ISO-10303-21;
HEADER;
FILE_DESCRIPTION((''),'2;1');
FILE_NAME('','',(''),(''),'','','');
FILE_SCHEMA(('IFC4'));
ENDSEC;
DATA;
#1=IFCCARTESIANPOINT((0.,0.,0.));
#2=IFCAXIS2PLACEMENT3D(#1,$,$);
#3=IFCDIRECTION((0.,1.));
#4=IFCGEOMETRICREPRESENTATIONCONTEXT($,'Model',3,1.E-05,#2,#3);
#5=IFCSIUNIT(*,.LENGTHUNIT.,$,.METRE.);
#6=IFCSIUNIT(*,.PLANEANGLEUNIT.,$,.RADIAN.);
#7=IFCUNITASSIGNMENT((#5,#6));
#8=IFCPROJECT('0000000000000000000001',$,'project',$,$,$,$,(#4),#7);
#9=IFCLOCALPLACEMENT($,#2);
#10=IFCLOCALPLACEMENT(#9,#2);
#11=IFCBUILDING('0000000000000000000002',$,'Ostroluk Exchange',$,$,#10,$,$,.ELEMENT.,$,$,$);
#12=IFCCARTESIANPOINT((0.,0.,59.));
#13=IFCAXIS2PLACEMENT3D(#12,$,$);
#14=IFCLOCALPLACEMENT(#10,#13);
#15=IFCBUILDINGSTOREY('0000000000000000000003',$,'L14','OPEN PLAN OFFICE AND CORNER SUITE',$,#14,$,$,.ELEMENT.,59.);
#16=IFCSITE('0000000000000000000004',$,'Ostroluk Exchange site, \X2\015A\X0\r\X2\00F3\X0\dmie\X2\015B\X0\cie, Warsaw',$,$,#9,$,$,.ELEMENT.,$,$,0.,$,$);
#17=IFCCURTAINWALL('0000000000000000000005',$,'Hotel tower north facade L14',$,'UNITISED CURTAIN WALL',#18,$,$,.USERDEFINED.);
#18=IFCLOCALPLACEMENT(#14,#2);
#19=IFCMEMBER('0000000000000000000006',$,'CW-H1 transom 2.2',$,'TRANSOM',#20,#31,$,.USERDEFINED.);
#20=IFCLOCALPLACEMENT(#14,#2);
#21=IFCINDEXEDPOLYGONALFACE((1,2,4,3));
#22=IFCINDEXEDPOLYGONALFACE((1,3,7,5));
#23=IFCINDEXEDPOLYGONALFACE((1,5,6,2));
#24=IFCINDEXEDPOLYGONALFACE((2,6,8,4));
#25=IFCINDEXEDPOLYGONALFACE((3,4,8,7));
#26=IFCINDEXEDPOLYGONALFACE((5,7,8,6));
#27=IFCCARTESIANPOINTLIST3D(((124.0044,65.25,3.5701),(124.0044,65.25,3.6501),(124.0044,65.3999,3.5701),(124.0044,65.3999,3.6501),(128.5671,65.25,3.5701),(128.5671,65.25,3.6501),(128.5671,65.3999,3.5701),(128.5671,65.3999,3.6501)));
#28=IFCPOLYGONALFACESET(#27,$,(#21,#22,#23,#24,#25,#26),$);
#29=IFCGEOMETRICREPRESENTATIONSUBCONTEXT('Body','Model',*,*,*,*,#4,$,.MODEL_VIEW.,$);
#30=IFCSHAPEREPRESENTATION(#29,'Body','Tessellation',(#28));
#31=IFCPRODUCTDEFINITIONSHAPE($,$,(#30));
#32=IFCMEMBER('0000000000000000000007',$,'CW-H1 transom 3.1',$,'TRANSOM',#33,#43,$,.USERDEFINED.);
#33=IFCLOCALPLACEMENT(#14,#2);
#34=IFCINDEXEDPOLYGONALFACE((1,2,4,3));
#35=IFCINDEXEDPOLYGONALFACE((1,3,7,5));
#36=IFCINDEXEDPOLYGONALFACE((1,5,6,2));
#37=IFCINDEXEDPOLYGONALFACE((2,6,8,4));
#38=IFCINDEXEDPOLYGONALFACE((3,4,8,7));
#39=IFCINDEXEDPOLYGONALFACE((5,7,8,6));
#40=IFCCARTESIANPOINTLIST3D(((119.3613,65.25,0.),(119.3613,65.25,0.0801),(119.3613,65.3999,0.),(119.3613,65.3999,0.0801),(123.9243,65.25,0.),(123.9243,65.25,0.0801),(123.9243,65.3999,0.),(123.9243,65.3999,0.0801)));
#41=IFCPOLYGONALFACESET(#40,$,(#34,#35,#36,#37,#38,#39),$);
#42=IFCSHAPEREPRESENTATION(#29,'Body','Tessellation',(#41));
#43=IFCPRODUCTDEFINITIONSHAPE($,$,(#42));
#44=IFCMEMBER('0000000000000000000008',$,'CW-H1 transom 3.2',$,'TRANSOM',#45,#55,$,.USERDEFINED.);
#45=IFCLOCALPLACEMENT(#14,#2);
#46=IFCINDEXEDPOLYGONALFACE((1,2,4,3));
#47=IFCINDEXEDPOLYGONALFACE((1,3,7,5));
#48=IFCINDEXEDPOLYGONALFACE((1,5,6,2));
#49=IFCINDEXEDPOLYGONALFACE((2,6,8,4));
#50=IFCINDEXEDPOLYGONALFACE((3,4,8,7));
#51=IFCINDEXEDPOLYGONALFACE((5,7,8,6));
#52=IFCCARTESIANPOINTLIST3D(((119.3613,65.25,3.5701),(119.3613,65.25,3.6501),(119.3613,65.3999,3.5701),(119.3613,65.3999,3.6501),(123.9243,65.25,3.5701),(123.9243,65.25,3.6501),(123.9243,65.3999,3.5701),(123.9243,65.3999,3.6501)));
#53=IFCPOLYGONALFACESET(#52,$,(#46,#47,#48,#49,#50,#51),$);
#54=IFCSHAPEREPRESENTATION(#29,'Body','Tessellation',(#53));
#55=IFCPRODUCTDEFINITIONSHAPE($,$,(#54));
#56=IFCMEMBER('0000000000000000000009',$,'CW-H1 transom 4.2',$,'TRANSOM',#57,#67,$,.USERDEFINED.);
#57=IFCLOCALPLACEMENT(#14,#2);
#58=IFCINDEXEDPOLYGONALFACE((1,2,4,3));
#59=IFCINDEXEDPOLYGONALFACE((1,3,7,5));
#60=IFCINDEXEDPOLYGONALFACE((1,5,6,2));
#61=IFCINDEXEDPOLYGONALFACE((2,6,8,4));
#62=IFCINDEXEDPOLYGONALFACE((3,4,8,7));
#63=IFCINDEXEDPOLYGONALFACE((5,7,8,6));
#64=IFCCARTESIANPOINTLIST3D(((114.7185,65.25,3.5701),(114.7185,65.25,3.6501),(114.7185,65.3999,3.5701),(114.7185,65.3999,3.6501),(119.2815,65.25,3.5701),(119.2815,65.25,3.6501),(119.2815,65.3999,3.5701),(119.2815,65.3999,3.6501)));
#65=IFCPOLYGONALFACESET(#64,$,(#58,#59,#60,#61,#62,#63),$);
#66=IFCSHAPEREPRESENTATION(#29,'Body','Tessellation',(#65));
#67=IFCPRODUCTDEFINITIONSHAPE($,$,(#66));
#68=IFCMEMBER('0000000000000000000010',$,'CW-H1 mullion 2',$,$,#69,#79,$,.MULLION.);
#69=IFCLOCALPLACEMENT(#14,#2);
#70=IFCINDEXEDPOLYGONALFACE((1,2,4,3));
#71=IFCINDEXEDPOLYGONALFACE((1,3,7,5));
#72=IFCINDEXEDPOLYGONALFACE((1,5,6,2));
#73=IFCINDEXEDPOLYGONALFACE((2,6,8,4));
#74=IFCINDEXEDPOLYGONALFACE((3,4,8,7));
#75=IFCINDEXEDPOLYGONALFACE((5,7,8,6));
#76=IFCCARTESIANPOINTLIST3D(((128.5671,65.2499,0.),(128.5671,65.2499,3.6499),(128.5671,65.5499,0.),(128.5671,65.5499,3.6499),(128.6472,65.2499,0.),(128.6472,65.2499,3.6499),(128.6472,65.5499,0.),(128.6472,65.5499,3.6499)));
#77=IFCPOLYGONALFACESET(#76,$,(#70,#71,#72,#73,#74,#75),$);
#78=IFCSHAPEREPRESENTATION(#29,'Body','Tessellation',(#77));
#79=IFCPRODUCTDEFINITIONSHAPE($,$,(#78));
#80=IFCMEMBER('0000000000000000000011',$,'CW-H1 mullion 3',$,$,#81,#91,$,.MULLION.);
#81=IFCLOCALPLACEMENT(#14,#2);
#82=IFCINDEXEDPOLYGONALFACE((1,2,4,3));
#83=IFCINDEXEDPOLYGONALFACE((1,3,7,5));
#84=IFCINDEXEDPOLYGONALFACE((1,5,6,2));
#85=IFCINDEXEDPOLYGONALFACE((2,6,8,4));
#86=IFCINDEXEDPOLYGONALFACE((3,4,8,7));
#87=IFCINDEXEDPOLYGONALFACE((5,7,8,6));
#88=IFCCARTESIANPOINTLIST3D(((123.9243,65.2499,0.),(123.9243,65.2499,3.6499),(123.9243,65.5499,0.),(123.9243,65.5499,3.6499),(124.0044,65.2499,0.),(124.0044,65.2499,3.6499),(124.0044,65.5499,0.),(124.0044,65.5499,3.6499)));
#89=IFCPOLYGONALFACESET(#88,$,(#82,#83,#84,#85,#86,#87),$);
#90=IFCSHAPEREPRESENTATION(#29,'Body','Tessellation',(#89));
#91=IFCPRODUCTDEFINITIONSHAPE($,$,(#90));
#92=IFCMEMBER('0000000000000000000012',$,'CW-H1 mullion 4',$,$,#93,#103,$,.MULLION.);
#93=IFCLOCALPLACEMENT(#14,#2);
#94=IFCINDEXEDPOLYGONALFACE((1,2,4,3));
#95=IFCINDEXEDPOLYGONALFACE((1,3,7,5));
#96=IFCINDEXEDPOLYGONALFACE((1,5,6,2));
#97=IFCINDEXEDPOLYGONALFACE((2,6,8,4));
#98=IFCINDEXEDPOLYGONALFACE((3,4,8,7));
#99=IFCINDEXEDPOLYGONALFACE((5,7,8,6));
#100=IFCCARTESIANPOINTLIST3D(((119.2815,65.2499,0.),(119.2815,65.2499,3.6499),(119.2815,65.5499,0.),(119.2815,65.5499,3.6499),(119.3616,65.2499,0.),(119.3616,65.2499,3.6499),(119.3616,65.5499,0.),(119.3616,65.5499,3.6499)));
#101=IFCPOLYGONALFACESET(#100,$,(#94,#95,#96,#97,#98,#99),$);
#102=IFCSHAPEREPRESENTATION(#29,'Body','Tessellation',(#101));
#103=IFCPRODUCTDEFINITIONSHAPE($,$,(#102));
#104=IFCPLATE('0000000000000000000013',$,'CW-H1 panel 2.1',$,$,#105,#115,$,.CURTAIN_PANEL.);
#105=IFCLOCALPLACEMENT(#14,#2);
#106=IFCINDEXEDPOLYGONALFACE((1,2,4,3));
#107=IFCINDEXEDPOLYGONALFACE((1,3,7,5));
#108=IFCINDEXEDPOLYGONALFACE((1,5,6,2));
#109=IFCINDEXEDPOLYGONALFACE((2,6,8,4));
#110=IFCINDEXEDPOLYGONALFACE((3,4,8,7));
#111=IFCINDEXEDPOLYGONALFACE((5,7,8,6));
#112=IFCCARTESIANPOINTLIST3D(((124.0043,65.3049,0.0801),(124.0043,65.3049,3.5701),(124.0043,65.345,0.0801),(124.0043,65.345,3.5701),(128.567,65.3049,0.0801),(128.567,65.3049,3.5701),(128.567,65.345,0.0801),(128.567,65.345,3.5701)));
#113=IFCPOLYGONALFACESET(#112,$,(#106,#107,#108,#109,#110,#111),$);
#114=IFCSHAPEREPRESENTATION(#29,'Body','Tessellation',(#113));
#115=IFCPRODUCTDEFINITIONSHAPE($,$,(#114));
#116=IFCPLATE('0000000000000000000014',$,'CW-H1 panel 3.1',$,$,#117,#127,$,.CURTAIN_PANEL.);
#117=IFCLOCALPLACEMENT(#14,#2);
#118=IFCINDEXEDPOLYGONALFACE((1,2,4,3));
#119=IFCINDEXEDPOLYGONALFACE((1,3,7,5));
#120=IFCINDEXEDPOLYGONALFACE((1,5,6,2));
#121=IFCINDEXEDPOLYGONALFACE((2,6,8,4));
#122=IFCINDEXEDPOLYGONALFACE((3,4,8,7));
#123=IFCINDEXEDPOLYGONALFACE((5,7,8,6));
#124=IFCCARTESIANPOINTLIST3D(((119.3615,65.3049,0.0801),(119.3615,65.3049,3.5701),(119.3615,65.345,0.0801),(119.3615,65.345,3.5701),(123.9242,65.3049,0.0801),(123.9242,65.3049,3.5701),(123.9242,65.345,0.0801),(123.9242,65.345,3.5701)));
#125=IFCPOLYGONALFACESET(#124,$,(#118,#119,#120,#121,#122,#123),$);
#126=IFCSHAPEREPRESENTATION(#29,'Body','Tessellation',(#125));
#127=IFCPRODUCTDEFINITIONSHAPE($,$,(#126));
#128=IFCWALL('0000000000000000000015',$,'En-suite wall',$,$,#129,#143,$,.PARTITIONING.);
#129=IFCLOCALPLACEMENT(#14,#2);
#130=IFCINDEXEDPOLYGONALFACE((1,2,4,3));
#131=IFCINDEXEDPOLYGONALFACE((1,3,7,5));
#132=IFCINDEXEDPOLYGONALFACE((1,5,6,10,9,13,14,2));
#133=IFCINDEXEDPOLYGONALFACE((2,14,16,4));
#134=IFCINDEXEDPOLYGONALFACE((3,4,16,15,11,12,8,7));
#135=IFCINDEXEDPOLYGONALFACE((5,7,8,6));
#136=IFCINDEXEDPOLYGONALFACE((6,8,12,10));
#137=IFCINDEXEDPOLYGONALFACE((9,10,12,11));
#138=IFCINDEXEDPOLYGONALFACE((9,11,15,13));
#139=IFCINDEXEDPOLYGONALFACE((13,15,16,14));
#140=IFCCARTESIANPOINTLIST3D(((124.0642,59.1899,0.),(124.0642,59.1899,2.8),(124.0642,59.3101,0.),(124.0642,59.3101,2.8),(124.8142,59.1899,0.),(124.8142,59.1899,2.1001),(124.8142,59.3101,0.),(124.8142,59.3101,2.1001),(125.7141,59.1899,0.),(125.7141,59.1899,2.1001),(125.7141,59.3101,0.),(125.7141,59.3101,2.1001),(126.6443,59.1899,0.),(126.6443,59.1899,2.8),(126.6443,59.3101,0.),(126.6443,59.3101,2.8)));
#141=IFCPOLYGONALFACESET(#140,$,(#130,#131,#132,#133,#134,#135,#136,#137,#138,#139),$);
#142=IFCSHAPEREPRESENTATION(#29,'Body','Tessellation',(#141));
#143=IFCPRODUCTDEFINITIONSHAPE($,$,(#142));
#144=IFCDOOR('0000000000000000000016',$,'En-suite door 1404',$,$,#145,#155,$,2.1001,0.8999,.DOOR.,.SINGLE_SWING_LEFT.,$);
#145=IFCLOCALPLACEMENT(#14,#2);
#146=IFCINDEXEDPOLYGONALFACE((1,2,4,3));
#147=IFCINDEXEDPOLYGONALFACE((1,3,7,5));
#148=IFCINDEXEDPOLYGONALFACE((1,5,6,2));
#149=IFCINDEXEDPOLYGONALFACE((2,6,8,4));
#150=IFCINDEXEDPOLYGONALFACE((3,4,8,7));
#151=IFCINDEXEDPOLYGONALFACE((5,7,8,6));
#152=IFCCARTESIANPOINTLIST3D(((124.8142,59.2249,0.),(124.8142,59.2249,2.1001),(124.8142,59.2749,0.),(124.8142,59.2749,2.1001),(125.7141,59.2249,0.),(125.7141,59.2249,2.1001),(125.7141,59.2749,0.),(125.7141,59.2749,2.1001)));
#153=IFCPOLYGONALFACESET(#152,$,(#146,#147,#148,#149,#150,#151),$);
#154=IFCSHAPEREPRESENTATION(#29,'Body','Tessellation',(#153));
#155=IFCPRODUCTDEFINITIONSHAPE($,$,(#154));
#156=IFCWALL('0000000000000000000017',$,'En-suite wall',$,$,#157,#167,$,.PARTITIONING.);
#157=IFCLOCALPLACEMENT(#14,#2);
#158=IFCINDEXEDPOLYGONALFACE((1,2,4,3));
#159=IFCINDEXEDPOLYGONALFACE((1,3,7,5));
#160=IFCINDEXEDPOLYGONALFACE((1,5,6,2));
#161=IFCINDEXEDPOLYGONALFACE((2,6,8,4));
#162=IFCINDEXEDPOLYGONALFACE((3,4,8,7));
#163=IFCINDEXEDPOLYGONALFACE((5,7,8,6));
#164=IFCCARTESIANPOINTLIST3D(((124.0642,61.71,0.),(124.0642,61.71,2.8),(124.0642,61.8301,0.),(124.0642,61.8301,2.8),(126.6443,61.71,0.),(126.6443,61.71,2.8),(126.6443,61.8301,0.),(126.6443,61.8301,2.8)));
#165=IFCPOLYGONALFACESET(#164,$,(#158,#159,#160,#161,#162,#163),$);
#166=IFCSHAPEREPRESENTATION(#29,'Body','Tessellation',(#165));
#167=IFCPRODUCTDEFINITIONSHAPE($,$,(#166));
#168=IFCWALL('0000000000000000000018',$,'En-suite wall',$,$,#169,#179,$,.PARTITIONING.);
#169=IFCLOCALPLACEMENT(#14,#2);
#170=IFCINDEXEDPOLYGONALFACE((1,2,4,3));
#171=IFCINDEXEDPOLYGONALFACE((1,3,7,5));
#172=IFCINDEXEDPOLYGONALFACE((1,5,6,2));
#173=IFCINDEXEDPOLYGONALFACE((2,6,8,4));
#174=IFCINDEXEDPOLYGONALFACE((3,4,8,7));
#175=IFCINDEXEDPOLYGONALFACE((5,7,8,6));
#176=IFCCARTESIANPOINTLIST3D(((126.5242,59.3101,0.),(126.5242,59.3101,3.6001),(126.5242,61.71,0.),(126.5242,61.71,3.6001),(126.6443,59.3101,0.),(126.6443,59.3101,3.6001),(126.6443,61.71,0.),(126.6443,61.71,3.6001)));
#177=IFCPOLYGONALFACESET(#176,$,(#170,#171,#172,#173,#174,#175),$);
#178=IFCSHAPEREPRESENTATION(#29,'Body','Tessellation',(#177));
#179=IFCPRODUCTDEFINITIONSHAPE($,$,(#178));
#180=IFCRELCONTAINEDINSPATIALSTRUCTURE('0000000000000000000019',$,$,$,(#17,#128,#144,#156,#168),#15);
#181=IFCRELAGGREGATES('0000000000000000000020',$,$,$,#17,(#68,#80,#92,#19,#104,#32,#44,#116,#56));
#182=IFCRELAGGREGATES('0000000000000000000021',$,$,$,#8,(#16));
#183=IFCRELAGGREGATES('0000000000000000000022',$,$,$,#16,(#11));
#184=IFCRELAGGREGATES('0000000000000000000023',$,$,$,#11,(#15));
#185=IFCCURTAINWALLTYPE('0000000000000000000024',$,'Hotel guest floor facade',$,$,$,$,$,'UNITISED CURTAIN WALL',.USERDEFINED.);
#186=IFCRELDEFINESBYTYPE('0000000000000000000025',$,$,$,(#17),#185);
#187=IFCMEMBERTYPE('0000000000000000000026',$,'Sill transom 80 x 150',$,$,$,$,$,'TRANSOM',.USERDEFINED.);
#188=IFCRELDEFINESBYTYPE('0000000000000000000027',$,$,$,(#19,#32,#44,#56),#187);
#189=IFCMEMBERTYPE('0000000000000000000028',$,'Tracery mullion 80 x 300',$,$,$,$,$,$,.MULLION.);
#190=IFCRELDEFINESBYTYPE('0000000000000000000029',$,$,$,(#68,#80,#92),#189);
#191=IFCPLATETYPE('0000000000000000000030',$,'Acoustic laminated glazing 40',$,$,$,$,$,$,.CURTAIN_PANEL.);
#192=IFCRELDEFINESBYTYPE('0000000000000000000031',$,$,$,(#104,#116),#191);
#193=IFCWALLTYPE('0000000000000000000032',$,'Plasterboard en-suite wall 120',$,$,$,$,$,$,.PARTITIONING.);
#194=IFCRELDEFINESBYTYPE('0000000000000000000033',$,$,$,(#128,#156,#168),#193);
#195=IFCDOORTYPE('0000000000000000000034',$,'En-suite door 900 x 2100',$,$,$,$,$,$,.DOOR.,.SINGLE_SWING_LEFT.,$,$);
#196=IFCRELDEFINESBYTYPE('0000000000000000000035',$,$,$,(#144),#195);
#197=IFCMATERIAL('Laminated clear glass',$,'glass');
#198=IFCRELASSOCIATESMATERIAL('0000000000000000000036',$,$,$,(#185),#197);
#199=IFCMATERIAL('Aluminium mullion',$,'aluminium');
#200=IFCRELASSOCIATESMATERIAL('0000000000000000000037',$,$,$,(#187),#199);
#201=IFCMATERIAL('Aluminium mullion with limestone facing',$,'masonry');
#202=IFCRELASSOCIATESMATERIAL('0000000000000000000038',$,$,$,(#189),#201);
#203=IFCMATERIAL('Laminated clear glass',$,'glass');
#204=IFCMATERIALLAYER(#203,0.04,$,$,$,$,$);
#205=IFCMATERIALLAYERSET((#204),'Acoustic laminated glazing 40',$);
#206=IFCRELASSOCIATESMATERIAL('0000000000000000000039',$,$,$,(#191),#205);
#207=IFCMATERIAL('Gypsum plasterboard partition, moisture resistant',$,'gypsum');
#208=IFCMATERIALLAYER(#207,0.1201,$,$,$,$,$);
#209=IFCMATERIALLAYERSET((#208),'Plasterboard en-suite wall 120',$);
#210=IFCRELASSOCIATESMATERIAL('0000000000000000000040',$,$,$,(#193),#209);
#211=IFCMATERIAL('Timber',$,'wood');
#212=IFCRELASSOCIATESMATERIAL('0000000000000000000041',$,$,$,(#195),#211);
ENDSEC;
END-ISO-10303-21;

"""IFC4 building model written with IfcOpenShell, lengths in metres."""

from ifc_helpers import new_model, si_unit, direction, frame, frame_2d, origin, origin_2d, place, context, subcontext, project, spatial, rectangle, extrude, material, layer, layer_set, material_profile, profile_set, type_object, element, fill, aggregate, save


model = new_model("IFC4")

# Units and contexts
model_context = context("Model", 3, precision=1e-05, world=origin(), true_north=direction((0.0, 1.0)))
body_context = subcontext(model_context, "Body", "Model", "MODEL_VIEW")
ifc_project = project(units=[si_unit("LENGTHUNIT", "METRE"), si_unit("PLANEANGLEUNIT", "RADIAN")], contexts=[model_context])

# Site, building, storey
site_placement = place(None, origin())
site = spatial("IfcSite", under=ifc_project, at=site_placement, Name="Ostroluk Exchange site, Śródmieście, Warsaw", CompositionType="ELEMENT", RefElevation=0.0)
building_placement = place(site_placement, origin())
building = spatial("IfcBuilding", under=site, at=building_placement, Name="Ostroluk Exchange", CompositionType="ELEMENT")
storey_placement = place(building_placement, frame((0.0, 0.0, 59.0)))
storey = spatial("IfcBuildingStorey", under=building, at=storey_placement, Name="L14", Description="OPEN PLAN OFFICE AND CORNER SUITE", CompositionType="ELEMENT", Elevation=59.0)

# Curtain wall, members, plates
ifc_material_1 = material(Name="Laminated clear glass", Category="glass")
curtain_wall_type = type_object("IfcCurtainWallType", Name="Hotel guest floor facade", ElementType="UNITISED CURTAIN WALL", PredefinedType="USERDEFINED", material=ifc_material_1)
curtain_wall_placement = place(storey_placement, origin())
curtain_wall = element("IfcCurtainWall", 1, at=curtain_wall_placement, inside=storey, type_object=curtain_wall_type, Name="Hotel tower north facade L14", ObjectType="UNITISED CURTAIN WALL", PredefinedType="USERDEFINED")
ifc_material_2 = material(Name="Aluminium mullion", Category="aluminium")
ifc_material_profile_1 = material_profile(ifc_material_2, rectangle(XDim=0.1499, YDim=0.0801, at=origin_2d()), Name="Sill transom 80 x 150")
ifc_profile_set_1 = profile_set([ifc_material_profile_1], Name="Aluminium mullion")
member_type_1 = type_object("IfcMemberType", Name="Sill transom 80 x 150", ElementType="TRANSOM", PredefinedType="USERDEFINED", material=ifc_profile_set_1)
member_1_placement = place(storey_placement, frame((128.5671, 65.325, 3.6101), z_axis=(-1.0, 0.0, 0.0), x_axis=(0.0, -1.0, 0.0)))
member_1 = element("IfcMember", 2, at=member_1_placement, type_object=member_type_1, Name="CW-H1 transom 2.2", ObjectType="TRANSOM", PredefinedType="USERDEFINED", context=body_context, shape_type="SweptSolid", body=[
    extrude(rectangle(XDim=0.1499, YDim=0.0801, at=origin_2d()), origin(), (0.0, 0.0, 1.0), 4.5627),
])
member_2_placement = place(storey_placement, frame((123.9243, 65.325, 0.04), z_axis=(-1.0, 0.0, 0.0), x_axis=(0.0, -1.0, 0.0)))
member_2 = element("IfcMember", 3, at=member_2_placement, type_object=member_type_1, Name="CW-H1 transom 3.1", ObjectType="TRANSOM", PredefinedType="USERDEFINED", context=body_context, shape_type="SweptSolid", body=[
    extrude(rectangle(XDim=0.1499, YDim=0.0801, at=origin_2d()), origin(), (0.0, 0.0, 1.0), 4.563),
])
member_3_placement = place(storey_placement, frame((123.9243, 65.325, 3.6101), z_axis=(-1.0, 0.0, 0.0), x_axis=(0.0, -1.0, 0.0)))
member_3 = element("IfcMember", 4, at=member_3_placement, type_object=member_type_1, Name="CW-H1 transom 3.2", ObjectType="TRANSOM", PredefinedType="USERDEFINED", context=body_context, shape_type="SweptSolid", body=[
    extrude(rectangle(XDim=0.1499, YDim=0.0801, at=origin_2d()), origin(), (0.0, 0.0, 1.0), 4.563),
])
member_4_placement = place(storey_placement, frame((119.2815, 65.325, 3.6101), z_axis=(-1.0, 0.0, 0.0), x_axis=(0.0, -1.0, 0.0)))
member_4 = element("IfcMember", 5, at=member_4_placement, type_object=member_type_1, Name="CW-H1 transom 4.2", ObjectType="TRANSOM", PredefinedType="USERDEFINED", context=body_context, shape_type="SweptSolid", body=[
    extrude(rectangle(XDim=0.1499, YDim=0.0801, at=origin_2d()), origin(), (0.0, 0.0, 1.0), 4.563),
])
ifc_material_3 = material(Name="Aluminium mullion with limestone facing", Category="masonry")
ifc_material_profile_2 = material_profile(ifc_material_3, rectangle(XDim=0.3, YDim=0.0801, at=origin_2d()), Name="Tracery mullion 80 x 300")
ifc_profile_set_2 = profile_set([ifc_material_profile_2], Name="Aluminium mullion with limestone facing")
member_type_2 = type_object("IfcMemberType", Name="Tracery mullion 80 x 300", PredefinedType="MULLION", material=ifc_profile_set_2)
member_5_placement = place(storey_placement, frame((128.6072, 65.3999, 0.0), z_axis=(0.0, 0.0, 1.0), x_axis=(0.0, -1.0, 0.0)))
member_5 = element("IfcMember", 6, at=member_5_placement, type_object=member_type_2, Name="CW-H1 mullion 2", PredefinedType="MULLION", context=body_context, shape_type="SweptSolid", body=[
    extrude(rectangle(XDim=0.3, YDim=0.0801, at=origin_2d()), origin(), (0.0, 0.0, 1.0), 3.6499),
])
member_6_placement = place(storey_placement, frame((123.9644, 65.3999, 0.0), z_axis=(0.0, 0.0, 1.0), x_axis=(0.0, -1.0, 0.0)))
member_6 = element("IfcMember", 7, at=member_6_placement, type_object=member_type_2, Name="CW-H1 mullion 3", PredefinedType="MULLION", context=body_context, shape_type="SweptSolid", body=[
    extrude(rectangle(XDim=0.3, YDim=0.0801, at=origin_2d()), origin(), (0.0, 0.0, 1.0), 3.6499),
])
member_7_placement = place(storey_placement, frame((119.3215, 65.3999, 0.0), z_axis=(0.0, 0.0, 1.0), x_axis=(0.0, -1.0, 0.0)))
member_7 = element("IfcMember", 8, at=member_7_placement, type_object=member_type_2, Name="CW-H1 mullion 4", PredefinedType="MULLION", context=body_context, shape_type="SweptSolid", body=[
    extrude(rectangle(XDim=0.3, YDim=0.0801, at=origin_2d()), origin(), (0.0, 0.0, 1.0), 3.6499),
])
ifc_material_4 = material(Name="Laminated clear glass", Category="glass")
ifc_layer_1 = layer(ifc_material_4, 0.04)
ifc_layer_set_1 = layer_set([ifc_layer_1], Name="Acoustic laminated glazing 40")
plate_type = type_object("IfcPlateType", Name="Acoustic laminated glazing 40", PredefinedType="CURTAIN_PANEL", material=ifc_layer_set_1)
plate_1_placement = place(storey_placement, frame((126.2856, 65.325, 0.0801), z_axis=(0.0, 0.0, 1.0), x_axis=(-1.0, 0.0, 0.0)))
plate_1 = element("IfcPlate", 9, at=plate_1_placement, type_object=plate_type, Name="CW-H1 panel 2.1", PredefinedType="CURTAIN_PANEL", context=body_context, shape_type="SweptSolid", body=[
    extrude(rectangle(XDim=4.5627, YDim=0.04, at=origin_2d()), origin(), (0.0, 0.0, 1.0), 3.49),
])
plate_2_placement = place(storey_placement, frame((121.6428, 65.325, 0.0801), z_axis=(0.0, 0.0, 1.0), x_axis=(-1.0, 0.0, 0.0)))
plate_2 = element("IfcPlate", 10, at=plate_2_placement, type_object=plate_type, Name="CW-H1 panel 3.1", PredefinedType="CURTAIN_PANEL", context=body_context, shape_type="SweptSolid", body=[
    extrude(rectangle(XDim=4.5627, YDim=0.04, at=origin_2d()), origin(), (0.0, 0.0, 1.0), 3.49),
])
aggregate(curtain_wall, [member_5, member_6, member_7, member_1, plate_1, member_2, member_3, plate_2, member_4])

# Wall, opening, door
ifc_material_5 = material(Name="Gypsum plasterboard partition, moisture resistant", Category="gypsum")
ifc_layer_2 = layer(ifc_material_5, 0.1201)
ifc_layer_set_2 = layer_set([ifc_layer_2], Name="Plasterboard en-suite wall 120")
wall_type_1 = type_object("IfcWallType", Name="Plasterboard en-suite wall 120", PredefinedType="PARTITIONING", material=ifc_layer_set_2)
wall_1_placement = place(storey_placement, frame((124.0642, 59.25, 0.0), z_axis=(0.0, 0.0, 1.0), x_axis=(1.0, 0.0, 0.0)))
wall_1 = element("IfcWall", 11, at=wall_1_placement, inside=storey, type_object=wall_type_1, Name="En-suite wall", PredefinedType="PARTITIONING", context=body_context, shape_type="SweptSolid", body=[
    extrude(rectangle(XDim=2.5801, YDim=0.1201, at=frame_2d((1.29, 0.0))), origin(), (0.0, 0.0, 1.0), 2.8),
])
opening_placement = place(wall_1_placement, frame((0.75, 0.0, 0.0)))
opening = element("IfcOpeningElement", 12, at=opening_placement, cuts=wall_1, PredefinedType="OPENING", context=body_context, shape_type="SweptSolid", body=[
    extrude(rectangle(XDim=0.8999, YDim=2.1001, at=frame_2d((0.45, 1.05))), frame((0.0, 0.0701, 0.0), z_axis=(0.0, -1.0, 0.0), x_axis=(1.0, 0.0, 0.0)), (0.0, 0.0, 1.0), 0.1401),
])
ifc_material_6 = material(Name="Timber", Category="wood")
door_type = type_object("IfcDoorType", Name="En-suite door 900 x 2100", OperationType="SINGLE_SWING_LEFT", PredefinedType="DOOR", material=ifc_material_6)
door_placement = place(opening_placement, origin())
door = element("IfcDoor", 13, at=door_placement, inside=storey, type_object=door_type, Name="En-suite door 1404", OperationType="SINGLE_SWING_LEFT", OverallHeight=2.1001, OverallWidth=0.8999, PredefinedType="DOOR", context=body_context, shape_type="SweptSolid", body=[
    extrude(rectangle(XDim=0.8999, YDim=2.1001, at=frame_2d((0.45, 1.05))), frame((0.0, 0.0249, 0.0), z_axis=(0.0, -1.0, 0.0), x_axis=(1.0, 0.0, 0.0)), (0.0, 0.0, 1.0), 0.05),
])
fill(opening, door)

# Walls
wall_2_placement = place(storey_placement, frame((124.0642, 61.77, 0.0), z_axis=(0.0, 0.0, 1.0), x_axis=(1.0, 0.0, 0.0)))
element("IfcWall", 14, at=wall_2_placement, inside=storey, type_object=wall_type_1, Name="En-suite wall", PredefinedType="PARTITIONING", context=body_context, shape_type="SweptSolid", body=[
    extrude(rectangle(XDim=2.5801, YDim=0.1201, at=frame_2d((1.29, 0.0))), origin(), (0.0, 0.0, 1.0), 2.8),
])
wall_3_placement = place(storey_placement, frame((126.5842, 59.3101, 0.0), z_axis=(0.0, 0.0, 1.0), x_axis=(0.0, 1.0, 0.0)))
element("IfcWall", 15, at=wall_3_placement, inside=storey, type_object=wall_type_1, Name="En-suite wall", PredefinedType="PARTITIONING", context=body_context, shape_type="SweptSolid", body=[
    extrude(rectangle(XDim=2.3999, YDim=0.1201, at=frame_2d((1.2, 0.0))), origin(), (0.0, 0.0, 1.0), 3.6001),
])

save(model, "model.ifc")
